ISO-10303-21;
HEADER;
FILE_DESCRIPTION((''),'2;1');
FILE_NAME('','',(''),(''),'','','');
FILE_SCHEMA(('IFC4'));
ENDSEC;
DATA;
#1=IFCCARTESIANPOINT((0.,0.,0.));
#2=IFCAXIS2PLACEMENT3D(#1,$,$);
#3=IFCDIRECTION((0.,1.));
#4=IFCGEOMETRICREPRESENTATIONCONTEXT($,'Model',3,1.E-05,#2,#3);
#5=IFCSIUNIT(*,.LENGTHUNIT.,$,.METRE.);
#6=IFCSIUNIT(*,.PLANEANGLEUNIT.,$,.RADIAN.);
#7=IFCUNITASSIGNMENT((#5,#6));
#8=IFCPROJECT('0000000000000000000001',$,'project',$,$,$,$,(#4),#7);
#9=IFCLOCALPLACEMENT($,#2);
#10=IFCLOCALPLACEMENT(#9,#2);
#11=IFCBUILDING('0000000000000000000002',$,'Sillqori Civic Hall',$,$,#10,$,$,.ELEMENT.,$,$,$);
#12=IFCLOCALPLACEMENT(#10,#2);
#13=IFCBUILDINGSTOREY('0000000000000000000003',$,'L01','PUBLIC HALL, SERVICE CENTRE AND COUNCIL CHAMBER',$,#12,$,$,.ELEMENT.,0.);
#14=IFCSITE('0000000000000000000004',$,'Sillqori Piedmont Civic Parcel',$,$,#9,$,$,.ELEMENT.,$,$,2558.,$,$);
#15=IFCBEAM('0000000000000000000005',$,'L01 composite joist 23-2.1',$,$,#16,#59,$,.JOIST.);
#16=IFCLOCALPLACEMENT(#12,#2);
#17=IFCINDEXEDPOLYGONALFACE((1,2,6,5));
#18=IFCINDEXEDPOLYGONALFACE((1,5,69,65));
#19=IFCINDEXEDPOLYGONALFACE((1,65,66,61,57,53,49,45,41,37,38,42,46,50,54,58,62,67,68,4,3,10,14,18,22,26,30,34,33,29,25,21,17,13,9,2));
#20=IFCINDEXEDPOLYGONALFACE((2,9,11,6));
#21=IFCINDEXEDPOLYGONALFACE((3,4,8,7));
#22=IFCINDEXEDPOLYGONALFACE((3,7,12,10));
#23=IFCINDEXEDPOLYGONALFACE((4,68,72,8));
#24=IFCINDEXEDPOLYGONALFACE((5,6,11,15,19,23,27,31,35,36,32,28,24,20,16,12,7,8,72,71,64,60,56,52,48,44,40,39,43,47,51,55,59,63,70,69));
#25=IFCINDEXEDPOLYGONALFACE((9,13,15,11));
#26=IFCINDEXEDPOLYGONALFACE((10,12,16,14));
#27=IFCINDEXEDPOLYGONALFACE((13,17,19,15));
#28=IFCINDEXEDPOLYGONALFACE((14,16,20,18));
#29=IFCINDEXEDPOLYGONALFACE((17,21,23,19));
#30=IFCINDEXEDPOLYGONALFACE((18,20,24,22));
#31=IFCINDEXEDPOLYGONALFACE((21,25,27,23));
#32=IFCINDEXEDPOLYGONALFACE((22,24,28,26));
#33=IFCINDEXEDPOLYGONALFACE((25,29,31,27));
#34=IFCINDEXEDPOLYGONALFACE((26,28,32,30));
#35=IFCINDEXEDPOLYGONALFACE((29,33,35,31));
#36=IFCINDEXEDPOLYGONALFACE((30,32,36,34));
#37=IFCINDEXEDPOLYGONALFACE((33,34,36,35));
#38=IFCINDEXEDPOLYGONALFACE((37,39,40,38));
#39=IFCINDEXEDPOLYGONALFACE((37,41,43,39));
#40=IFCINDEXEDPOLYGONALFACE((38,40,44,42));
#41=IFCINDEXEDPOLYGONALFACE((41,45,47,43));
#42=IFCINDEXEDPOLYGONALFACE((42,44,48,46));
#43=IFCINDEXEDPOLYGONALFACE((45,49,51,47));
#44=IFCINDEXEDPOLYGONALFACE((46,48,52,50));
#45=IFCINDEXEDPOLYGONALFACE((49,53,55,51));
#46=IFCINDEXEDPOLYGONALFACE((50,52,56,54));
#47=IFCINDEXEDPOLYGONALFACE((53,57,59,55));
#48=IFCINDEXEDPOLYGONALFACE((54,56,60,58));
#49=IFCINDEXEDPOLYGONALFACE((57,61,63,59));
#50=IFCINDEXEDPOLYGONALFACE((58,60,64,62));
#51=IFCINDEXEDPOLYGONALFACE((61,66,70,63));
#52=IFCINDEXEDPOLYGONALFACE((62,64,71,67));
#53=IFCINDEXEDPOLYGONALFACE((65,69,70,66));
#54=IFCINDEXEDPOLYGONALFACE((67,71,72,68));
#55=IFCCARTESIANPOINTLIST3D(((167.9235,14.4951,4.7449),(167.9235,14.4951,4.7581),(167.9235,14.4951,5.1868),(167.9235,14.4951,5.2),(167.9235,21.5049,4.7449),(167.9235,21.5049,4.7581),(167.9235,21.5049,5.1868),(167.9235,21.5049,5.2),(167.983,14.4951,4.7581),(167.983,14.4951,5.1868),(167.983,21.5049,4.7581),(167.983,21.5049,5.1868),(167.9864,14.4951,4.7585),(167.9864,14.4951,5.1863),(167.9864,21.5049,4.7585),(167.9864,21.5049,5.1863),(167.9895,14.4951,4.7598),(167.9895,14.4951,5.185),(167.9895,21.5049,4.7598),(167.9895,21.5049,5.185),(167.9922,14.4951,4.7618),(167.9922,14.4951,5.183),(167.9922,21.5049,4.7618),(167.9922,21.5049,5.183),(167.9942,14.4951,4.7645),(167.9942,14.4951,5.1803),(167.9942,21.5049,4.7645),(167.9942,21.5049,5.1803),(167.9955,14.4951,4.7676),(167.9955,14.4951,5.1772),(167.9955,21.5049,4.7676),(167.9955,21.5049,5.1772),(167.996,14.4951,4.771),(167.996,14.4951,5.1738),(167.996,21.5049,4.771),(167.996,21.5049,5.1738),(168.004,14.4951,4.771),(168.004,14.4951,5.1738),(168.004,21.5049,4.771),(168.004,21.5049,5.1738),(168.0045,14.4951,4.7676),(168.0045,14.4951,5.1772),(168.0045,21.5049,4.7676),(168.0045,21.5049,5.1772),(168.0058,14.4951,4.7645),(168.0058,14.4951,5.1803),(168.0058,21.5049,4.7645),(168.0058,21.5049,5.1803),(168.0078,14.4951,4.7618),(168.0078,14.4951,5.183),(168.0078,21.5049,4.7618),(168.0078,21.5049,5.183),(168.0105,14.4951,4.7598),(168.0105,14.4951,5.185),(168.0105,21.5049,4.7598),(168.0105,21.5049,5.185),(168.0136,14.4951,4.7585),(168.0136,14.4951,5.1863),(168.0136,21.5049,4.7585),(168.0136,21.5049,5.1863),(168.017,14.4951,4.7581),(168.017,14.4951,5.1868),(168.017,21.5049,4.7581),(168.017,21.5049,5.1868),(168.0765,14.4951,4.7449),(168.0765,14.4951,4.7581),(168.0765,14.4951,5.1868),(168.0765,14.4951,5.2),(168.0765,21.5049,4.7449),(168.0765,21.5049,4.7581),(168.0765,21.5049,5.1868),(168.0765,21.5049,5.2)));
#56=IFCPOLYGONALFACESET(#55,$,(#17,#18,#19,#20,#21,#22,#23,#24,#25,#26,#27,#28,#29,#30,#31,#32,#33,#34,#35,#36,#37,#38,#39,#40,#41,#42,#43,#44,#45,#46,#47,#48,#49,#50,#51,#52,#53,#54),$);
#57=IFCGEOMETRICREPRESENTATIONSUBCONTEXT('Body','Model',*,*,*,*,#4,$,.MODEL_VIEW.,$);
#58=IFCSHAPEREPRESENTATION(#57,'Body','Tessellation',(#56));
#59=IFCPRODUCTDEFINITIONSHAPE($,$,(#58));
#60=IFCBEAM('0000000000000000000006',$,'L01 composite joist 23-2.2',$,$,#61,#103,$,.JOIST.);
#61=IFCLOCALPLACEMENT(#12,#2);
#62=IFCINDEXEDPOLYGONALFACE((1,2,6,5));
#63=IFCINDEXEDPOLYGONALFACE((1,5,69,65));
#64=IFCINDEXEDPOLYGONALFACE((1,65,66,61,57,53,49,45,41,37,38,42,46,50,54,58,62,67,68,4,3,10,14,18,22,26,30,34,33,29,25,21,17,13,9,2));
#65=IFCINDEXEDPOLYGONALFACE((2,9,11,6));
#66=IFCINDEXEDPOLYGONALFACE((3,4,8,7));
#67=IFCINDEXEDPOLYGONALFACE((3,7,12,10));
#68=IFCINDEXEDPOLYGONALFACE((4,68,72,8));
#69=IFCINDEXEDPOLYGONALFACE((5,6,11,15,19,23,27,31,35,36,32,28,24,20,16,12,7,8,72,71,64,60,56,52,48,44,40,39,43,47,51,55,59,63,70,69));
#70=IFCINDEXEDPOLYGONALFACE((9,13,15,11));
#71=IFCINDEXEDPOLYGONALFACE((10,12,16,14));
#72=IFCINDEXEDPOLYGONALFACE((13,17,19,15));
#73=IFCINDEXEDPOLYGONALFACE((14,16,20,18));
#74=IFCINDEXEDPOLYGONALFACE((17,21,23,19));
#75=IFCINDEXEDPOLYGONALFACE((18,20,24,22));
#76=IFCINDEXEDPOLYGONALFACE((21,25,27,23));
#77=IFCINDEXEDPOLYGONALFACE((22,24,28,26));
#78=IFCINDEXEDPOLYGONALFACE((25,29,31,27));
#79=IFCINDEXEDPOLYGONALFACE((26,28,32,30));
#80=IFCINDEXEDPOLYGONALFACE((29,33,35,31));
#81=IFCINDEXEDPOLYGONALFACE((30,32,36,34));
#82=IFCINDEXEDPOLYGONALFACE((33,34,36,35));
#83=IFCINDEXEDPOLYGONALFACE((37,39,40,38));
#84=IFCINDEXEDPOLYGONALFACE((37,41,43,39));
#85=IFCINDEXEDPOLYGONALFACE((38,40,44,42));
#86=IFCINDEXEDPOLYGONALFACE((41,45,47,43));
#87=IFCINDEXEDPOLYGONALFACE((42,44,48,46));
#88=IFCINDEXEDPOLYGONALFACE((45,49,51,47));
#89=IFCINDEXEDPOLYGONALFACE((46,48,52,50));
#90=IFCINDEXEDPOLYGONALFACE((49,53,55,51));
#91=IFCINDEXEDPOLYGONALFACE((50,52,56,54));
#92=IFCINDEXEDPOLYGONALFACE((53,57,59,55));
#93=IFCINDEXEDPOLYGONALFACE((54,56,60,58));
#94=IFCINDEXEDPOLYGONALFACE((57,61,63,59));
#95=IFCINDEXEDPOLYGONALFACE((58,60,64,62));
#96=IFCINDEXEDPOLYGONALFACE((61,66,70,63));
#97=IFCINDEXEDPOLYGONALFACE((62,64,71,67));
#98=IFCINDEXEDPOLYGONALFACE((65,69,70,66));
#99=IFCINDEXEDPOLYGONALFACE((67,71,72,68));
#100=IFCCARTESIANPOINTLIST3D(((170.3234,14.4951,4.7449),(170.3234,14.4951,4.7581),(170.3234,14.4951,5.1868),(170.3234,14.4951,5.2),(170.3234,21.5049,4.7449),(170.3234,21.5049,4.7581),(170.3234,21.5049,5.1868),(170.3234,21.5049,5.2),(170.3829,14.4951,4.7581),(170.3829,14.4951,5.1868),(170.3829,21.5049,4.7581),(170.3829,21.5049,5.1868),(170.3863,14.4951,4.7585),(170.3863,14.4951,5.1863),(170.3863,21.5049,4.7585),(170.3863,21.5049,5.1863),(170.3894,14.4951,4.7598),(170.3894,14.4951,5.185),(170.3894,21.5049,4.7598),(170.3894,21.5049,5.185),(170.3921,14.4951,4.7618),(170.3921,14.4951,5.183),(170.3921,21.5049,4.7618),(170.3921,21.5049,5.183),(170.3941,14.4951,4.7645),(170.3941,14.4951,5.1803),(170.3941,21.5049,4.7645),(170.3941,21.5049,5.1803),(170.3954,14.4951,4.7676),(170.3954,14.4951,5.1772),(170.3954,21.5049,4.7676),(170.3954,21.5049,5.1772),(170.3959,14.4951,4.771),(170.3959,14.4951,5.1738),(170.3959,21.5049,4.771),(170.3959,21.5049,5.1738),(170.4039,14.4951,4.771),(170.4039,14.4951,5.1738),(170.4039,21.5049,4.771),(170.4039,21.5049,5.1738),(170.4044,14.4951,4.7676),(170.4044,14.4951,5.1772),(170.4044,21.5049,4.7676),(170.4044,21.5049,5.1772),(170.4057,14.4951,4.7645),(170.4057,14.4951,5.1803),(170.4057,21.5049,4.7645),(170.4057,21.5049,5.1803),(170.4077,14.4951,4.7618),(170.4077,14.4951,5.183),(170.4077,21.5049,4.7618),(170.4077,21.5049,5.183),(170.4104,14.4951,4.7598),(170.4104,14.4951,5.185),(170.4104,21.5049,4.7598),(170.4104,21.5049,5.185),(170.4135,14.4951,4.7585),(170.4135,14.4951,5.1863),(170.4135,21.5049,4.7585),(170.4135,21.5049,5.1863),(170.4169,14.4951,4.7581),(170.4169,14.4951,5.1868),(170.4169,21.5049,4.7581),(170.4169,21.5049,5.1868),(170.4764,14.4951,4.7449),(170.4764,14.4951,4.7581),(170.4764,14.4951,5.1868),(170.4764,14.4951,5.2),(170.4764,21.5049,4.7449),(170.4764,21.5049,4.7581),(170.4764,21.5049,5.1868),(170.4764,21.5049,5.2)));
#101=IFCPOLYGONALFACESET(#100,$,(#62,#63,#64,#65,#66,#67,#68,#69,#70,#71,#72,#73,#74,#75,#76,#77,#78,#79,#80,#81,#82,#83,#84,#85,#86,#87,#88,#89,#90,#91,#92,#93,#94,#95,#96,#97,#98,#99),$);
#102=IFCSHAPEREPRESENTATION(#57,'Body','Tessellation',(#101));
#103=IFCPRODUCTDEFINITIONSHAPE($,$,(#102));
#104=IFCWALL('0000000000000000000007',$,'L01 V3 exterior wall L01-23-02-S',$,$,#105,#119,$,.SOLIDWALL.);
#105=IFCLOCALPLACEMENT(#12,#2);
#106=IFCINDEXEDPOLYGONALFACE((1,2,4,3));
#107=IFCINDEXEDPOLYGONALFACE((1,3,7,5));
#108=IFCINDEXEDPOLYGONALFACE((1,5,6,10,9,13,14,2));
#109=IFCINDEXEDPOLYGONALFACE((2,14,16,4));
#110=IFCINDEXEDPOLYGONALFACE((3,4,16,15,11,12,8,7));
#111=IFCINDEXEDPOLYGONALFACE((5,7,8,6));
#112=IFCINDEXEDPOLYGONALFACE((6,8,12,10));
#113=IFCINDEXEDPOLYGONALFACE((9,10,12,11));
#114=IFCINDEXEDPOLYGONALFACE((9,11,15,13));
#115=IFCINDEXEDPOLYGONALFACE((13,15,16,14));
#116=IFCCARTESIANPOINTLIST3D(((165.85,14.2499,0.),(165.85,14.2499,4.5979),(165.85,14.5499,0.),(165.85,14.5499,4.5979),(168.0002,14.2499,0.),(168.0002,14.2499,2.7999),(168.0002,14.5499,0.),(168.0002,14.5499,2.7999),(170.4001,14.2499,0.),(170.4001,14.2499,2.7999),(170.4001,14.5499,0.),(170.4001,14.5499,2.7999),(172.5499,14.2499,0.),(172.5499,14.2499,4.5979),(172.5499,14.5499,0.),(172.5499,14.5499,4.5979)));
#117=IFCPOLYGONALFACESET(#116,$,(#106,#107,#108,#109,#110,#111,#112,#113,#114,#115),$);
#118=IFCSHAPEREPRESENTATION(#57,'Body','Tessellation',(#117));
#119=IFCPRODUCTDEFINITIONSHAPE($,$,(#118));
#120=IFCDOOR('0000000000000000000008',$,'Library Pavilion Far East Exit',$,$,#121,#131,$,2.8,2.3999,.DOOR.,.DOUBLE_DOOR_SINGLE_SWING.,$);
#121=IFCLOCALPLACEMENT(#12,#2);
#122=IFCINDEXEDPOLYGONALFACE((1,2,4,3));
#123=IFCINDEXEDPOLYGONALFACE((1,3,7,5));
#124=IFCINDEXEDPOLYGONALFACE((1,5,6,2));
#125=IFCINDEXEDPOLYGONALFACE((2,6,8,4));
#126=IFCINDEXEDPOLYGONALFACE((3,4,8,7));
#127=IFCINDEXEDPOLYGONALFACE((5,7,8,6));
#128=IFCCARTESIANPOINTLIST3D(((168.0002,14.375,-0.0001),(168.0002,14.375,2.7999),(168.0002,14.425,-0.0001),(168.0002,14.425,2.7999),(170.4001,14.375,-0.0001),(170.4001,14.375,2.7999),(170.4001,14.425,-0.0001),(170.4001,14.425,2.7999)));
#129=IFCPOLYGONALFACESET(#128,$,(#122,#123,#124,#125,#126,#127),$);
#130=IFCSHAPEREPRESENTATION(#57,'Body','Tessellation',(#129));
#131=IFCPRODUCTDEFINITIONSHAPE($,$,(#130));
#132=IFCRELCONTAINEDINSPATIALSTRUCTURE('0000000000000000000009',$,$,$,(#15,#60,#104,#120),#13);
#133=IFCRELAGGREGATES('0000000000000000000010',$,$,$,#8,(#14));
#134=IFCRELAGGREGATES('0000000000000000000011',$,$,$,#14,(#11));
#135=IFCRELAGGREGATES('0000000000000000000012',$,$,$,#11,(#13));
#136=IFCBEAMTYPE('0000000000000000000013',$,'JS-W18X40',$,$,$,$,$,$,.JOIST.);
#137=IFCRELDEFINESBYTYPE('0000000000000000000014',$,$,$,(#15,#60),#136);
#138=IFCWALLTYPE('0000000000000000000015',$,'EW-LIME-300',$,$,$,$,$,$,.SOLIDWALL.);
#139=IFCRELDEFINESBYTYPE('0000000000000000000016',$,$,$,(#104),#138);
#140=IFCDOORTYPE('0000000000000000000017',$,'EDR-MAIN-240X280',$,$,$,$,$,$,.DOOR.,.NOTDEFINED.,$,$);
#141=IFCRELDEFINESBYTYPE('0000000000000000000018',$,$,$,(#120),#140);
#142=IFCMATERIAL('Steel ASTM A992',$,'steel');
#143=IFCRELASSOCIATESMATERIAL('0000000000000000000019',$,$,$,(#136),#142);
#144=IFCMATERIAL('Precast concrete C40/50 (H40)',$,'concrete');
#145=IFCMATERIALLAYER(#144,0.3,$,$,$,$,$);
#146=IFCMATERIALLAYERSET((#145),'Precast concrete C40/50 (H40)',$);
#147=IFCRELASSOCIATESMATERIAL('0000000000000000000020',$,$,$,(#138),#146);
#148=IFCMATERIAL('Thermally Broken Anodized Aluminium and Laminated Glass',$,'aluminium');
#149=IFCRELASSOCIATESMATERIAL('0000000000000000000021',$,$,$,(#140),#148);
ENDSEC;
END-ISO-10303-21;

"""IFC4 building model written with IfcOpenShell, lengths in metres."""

from ifc_helpers import new_model, si_unit, direction, frame, frame_2d, origin, origin_2d, place, context, subcontext, project, spatial, rectangle, i_section, extrude, material, layer, layer_set, material_profile, profile_set, type_object, element, fill, save


model = new_model("IFC4")

# Units and contexts
model_context = context("Model", 3, precision=1e-05, world=origin(), true_north=direction((0.0, 1.0)))
body_context = subcontext(model_context, "Body", "Model", "MODEL_VIEW")
ifc_project = project(units=[si_unit("LENGTHUNIT", "METRE"), si_unit("PLANEANGLEUNIT", "RADIAN")], contexts=[model_context])

# Site, building, storey
site_placement = place(None, origin())
site = spatial("IfcSite", under=ifc_project, at=site_placement, Name="Sillqori Piedmont Civic Parcel", CompositionType="ELEMENT", RefElevation=2558.0)
building_placement = place(site_placement, origin())
building = spatial("IfcBuilding", under=site, at=building_placement, Name="Sillqori Civic Hall", CompositionType="ELEMENT")
storey_placement = place(building_placement, origin())
storey = spatial("IfcBuildingStorey", under=building, at=storey_placement, Name="L01", Description="PUBLIC HALL, SERVICE CENTRE AND COUNCIL CHAMBER", CompositionType="ELEMENT", Elevation=0.0)

# Shared definitions
ifc_material_1 = material(Name="Steel ASTM A992", Category="steel")

# Beams
ifc_material_profile_1 = material_profile(ifc_material_1, i_section(OverallWidth=0.1531, OverallDepth=0.4551, WebThickness=0.0081, FlangeThickness=0.0132, FilletRadius=0.0129, at=origin_2d()), Name="W18X40")
ifc_profile_set_1 = profile_set([ifc_material_profile_1], Name="Steel ASTM A992")
beam_type_1 = type_object("IfcBeamType", Name="JS-W18X40", PredefinedType="JOIST", material=ifc_profile_set_1)
for number, where, z_axis, x_axis, name in (
    (1, (168.0, 14.4951, 4.9724), (0.0, 1.0, 0.0), (-1.0, 0.0, 0.0), "L01 composite joist 23-2.1"),
    (2, (170.3999, 14.4951, 4.9724), (0.0, 1.0, 0.0), (-1.0, 0.0, 0.0), "L01 composite joist 23-2.2"),
):
    element("IfcBeam", number, at=place(storey_placement, frame(where, z_axis=z_axis, x_axis=x_axis)), inside=storey, type_object=beam_type_1, Name=name, PredefinedType="JOIST", context=body_context, shape_type="SweptSolid", body=[
        extrude(i_section(OverallWidth=0.1531, OverallDepth=0.4551, WebThickness=0.0081, FlangeThickness=0.0132, FilletRadius=0.0129, at=origin_2d()), origin(), (0.0, 0.0, 1.0), 7.0098),
    ])

# Wall, opening, door
ifc_material_2 = material(Name="Precast concrete C40/50 (H40)", Category="concrete")
ifc_layer_1 = layer(ifc_material_2, 0.3)
ifc_layer_set_1 = layer_set([ifc_layer_1], Name="Precast concrete C40/50 (H40)")
wall_type = type_object("IfcWallType", Name="EW-LIME-300", PredefinedType="SOLIDWALL", material=ifc_layer_set_1)
wall_placement = place(storey_placement, frame((172.55, 14.3999, 0.0), z_axis=(0.0, 0.0, 1.0), x_axis=(-1.0, 0.0, 0.0)))
wall = element("IfcWall", 3, at=wall_placement, inside=storey, type_object=wall_type, Name="L01 V3 exterior wall L01-23-02-S", PredefinedType="SOLIDWALL", context=body_context, shape_type="SweptSolid", body=[
    extrude(rectangle(XDim=6.7, YDim=0.3, at=frame_2d((3.3501, 0.0))), origin(), (0.0, 0.0, 1.0), 4.5979),
])
opening_placement = place(wall_placement, frame((2.1499, 0.0, 0.0)))
opening = element("IfcOpeningElement", 4, at=opening_placement, cuts=wall, PredefinedType="OPENING", context=body_context, shape_type="SweptSolid", body=[
    extrude(rectangle(XDim=2.3999, YDim=2.8, at=frame_2d((1.2, 1.3999))), frame((0.0, 0.1599, 0.0), z_axis=(0.0, -1.0, 0.0), x_axis=(1.0, 0.0, 0.0)), (0.0, 0.0, 1.0), 0.3201),
])
ifc_material_3 = material(Name="Thermally Broken Anodized Aluminium and Laminated Glass", Category="aluminium")
door_type = type_object("IfcDoorType", Name="EDR-MAIN-240X280", OperationType="NOTDEFINED", PredefinedType="DOOR", material=ifc_material_3)
door_placement = place(opening_placement, origin())
door = element("IfcDoor", 5, at=door_placement, inside=storey, type_object=door_type, Name="Library Pavilion Far East Exit", OperationType="DOUBLE_DOOR_SINGLE_SWING", OverallHeight=2.8, OverallWidth=2.3999, PredefinedType="DOOR", context=body_context, shape_type="SweptSolid", body=[
    extrude(rectangle(XDim=2.3999, YDim=2.8, at=frame_2d((1.2, 1.3999))), frame((0.0, 0.0249, 0.0), z_axis=(0.0, -1.0, 0.0), x_axis=(1.0, 0.0, 0.0)), (0.0, 0.0, 1.0), 0.05),
])
fill(opening, door)

save(model, "model.ifc")
